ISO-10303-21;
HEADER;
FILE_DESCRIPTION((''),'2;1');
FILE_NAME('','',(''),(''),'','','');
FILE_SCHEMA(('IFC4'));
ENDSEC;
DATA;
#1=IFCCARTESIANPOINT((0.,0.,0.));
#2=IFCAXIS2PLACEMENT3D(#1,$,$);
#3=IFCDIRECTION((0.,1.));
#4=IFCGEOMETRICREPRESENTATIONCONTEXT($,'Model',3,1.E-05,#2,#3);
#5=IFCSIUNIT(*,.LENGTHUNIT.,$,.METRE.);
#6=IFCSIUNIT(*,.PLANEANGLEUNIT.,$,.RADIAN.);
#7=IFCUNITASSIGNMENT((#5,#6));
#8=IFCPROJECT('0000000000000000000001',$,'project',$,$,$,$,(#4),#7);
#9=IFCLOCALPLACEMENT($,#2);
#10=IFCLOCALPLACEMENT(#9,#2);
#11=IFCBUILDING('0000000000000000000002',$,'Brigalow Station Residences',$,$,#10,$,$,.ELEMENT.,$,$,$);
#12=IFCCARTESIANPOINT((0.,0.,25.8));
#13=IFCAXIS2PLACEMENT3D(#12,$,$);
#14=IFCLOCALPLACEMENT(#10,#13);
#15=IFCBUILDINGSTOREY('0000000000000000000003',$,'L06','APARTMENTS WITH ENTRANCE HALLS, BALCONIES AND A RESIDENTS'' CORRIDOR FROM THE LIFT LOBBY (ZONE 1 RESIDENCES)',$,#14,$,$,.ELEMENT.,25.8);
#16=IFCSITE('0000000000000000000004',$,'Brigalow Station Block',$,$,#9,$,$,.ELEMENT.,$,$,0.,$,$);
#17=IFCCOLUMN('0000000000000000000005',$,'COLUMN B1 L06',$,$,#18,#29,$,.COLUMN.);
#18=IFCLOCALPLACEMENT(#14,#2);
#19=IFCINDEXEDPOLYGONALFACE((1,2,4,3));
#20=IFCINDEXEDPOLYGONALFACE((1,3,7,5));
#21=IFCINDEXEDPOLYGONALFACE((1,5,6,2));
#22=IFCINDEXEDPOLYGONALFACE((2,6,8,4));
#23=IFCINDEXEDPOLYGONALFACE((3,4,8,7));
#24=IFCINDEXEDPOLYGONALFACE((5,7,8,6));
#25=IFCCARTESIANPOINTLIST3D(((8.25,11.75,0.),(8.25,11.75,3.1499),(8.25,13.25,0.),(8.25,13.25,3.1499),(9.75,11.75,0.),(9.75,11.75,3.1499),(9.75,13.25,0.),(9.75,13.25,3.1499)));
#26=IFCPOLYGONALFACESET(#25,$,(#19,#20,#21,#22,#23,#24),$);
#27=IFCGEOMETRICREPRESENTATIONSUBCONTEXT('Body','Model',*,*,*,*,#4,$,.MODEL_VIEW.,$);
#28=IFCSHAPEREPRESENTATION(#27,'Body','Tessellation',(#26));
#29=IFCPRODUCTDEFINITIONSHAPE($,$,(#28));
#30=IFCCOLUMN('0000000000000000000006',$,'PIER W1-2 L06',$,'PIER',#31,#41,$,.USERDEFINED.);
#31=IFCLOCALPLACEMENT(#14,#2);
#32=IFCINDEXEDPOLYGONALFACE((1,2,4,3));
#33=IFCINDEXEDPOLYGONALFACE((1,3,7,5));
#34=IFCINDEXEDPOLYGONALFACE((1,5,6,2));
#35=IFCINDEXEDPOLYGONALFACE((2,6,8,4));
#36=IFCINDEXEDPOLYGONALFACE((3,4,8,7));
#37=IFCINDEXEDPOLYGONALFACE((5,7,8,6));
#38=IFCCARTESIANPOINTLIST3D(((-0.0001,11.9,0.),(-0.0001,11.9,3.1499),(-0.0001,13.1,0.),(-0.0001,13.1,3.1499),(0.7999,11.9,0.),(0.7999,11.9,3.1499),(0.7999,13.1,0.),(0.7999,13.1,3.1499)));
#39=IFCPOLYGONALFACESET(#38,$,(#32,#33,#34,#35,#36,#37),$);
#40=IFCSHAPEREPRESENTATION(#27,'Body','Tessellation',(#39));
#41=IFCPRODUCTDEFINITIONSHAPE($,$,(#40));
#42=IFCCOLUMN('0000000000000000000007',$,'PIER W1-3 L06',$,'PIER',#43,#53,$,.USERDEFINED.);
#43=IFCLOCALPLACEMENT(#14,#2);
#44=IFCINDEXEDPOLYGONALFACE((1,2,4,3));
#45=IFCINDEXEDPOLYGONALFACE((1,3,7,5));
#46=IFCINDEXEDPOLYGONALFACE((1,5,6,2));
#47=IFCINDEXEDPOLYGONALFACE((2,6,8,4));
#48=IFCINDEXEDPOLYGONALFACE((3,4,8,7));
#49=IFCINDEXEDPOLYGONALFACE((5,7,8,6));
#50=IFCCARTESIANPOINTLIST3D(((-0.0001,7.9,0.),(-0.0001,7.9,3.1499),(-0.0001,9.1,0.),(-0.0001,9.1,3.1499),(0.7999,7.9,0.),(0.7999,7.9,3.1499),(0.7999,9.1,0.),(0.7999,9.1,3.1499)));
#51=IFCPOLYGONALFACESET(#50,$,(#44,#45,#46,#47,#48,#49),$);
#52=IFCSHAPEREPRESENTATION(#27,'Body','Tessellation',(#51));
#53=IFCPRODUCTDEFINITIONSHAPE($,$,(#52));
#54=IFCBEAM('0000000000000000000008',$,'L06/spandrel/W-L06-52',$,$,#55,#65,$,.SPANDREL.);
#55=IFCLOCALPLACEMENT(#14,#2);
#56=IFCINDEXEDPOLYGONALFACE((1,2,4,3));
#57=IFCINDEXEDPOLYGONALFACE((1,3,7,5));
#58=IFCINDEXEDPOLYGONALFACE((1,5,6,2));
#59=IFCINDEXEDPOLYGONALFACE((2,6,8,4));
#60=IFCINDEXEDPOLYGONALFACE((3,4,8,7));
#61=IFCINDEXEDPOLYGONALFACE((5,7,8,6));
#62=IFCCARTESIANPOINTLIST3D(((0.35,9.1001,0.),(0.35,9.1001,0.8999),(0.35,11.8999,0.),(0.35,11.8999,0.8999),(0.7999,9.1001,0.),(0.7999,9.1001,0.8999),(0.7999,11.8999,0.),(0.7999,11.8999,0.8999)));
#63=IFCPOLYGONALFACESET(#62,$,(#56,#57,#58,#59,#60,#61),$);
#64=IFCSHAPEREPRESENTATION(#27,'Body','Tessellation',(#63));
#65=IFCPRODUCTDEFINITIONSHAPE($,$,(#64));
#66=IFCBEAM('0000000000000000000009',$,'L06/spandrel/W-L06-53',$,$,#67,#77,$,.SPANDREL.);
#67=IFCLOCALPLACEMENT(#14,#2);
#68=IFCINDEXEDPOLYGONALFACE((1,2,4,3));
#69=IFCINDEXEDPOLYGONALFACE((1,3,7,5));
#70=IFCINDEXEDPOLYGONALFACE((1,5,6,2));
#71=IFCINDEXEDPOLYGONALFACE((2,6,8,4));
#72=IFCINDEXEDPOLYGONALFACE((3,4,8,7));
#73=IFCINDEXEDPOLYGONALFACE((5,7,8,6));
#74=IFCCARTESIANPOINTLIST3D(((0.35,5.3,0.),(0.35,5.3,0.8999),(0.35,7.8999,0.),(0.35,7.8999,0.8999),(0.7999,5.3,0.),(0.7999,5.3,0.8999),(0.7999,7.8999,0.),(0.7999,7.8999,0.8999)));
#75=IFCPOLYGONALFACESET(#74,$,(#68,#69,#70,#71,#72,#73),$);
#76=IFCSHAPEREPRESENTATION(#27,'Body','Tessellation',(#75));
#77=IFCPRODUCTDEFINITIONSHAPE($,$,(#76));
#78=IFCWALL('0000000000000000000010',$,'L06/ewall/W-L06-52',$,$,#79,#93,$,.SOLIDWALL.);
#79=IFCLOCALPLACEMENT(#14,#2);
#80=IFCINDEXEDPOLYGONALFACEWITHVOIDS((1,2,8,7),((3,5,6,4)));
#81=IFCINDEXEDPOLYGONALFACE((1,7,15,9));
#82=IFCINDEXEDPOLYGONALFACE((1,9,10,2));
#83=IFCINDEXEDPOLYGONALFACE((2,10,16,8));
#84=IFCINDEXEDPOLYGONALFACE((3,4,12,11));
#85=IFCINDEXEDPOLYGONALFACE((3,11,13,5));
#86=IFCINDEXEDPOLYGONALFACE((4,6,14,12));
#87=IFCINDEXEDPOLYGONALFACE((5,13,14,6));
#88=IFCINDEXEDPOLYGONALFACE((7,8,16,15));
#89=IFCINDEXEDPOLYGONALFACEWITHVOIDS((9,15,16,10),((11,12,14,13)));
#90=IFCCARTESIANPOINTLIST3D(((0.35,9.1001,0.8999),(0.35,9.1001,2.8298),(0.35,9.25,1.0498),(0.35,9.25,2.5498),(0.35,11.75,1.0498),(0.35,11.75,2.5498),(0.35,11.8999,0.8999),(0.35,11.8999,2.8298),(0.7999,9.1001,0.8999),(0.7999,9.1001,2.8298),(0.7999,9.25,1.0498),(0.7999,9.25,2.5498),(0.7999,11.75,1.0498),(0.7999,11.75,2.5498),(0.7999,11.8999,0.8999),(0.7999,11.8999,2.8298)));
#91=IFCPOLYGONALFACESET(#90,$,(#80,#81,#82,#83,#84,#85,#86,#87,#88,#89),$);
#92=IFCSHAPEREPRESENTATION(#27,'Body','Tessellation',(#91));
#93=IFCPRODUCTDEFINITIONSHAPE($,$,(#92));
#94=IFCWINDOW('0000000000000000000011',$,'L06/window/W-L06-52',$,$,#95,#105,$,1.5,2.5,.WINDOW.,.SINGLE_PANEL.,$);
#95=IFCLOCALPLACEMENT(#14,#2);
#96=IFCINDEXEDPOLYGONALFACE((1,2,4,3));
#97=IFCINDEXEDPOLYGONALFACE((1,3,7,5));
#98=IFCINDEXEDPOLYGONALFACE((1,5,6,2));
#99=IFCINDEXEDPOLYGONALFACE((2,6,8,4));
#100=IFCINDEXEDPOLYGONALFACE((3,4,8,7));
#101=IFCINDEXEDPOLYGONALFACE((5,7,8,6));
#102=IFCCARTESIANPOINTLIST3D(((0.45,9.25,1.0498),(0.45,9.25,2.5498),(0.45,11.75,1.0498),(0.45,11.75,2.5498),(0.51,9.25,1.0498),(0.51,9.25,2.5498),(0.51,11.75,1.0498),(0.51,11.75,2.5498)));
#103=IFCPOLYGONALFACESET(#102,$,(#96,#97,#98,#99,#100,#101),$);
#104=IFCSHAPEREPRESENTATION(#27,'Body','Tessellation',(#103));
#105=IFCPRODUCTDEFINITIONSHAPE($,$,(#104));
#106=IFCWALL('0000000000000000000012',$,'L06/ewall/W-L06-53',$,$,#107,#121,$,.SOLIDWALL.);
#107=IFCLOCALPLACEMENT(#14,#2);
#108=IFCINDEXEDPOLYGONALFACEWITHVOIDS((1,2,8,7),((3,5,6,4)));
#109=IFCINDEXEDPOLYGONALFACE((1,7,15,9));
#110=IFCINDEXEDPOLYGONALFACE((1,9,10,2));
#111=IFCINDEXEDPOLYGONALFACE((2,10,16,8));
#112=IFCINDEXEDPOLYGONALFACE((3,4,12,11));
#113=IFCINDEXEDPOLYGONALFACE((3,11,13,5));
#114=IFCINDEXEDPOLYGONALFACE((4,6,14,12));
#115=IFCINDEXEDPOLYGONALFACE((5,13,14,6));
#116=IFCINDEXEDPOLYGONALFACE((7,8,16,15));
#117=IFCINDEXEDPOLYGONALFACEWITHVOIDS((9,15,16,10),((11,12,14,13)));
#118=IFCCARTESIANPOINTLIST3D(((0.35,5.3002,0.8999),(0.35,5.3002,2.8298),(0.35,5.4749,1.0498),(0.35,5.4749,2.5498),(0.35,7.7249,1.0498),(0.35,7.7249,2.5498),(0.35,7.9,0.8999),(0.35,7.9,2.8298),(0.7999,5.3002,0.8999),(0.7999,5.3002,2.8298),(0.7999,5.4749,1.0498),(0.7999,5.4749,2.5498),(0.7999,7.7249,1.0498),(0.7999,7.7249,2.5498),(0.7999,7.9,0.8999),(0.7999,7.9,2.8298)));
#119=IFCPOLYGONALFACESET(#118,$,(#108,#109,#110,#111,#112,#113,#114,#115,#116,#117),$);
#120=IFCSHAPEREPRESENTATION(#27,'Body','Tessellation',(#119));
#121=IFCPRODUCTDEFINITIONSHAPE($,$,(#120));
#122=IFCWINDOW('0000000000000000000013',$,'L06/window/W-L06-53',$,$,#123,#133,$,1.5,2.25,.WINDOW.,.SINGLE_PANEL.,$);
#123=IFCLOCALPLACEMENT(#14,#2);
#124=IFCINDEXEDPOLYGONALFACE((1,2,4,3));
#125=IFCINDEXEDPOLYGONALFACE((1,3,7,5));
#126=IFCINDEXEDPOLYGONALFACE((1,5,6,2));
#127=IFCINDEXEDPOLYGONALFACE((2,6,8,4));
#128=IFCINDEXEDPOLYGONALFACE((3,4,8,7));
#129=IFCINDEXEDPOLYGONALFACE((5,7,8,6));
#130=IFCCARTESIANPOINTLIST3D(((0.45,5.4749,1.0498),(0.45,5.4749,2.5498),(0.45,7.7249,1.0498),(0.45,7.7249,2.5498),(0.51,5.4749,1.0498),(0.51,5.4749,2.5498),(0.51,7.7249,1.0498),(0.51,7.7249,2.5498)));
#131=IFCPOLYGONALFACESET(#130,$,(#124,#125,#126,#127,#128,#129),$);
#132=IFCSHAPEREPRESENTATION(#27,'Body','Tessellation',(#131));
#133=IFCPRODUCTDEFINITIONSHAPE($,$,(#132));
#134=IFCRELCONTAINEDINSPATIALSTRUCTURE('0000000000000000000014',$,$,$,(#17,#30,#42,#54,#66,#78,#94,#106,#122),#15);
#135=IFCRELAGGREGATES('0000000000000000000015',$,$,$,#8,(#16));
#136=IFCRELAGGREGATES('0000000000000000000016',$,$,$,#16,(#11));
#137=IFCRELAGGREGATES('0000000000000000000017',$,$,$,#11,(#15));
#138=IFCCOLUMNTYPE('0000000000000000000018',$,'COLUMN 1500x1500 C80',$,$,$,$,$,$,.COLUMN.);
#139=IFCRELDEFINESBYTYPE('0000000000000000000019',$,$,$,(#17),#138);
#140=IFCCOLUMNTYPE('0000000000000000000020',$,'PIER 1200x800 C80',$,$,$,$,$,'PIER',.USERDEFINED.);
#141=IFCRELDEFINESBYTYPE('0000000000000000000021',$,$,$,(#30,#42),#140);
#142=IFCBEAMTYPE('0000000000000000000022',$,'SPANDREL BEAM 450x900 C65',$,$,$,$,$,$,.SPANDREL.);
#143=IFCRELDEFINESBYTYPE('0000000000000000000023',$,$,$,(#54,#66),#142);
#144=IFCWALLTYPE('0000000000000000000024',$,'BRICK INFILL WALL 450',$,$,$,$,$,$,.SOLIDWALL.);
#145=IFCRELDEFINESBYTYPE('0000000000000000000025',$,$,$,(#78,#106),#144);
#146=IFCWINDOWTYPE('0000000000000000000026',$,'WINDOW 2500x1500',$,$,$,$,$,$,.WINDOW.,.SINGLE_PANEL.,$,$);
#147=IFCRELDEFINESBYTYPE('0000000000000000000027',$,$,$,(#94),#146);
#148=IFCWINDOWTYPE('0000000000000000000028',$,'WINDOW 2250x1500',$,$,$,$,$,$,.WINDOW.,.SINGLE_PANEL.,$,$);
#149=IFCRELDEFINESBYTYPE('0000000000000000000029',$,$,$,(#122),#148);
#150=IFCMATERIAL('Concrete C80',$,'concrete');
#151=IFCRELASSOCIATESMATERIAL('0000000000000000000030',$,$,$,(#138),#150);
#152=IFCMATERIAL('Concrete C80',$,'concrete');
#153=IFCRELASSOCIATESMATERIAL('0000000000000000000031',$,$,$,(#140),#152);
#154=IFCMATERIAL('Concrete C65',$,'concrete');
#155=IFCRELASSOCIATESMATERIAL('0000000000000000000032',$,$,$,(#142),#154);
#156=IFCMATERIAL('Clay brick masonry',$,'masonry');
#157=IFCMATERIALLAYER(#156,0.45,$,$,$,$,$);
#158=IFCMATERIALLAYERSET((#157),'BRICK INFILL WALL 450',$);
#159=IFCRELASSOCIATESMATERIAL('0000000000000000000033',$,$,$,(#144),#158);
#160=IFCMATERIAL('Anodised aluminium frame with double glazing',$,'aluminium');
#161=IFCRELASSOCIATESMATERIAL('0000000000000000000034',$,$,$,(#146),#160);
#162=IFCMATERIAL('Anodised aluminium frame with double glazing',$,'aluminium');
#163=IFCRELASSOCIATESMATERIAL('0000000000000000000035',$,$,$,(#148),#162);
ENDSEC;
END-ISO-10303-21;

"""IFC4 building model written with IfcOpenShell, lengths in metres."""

from ifc_helpers import new_model, si_unit, direction, frame, frame_2d, origin, origin_2d, place, context, subcontext, project, spatial, rectangle, extrude, material, layer, layer_set, material_profile, profile_set, type_object, element, fill, save


model = new_model("IFC4")

# Units and contexts
model_context = context("Model", 3, precision=1e-05, world=origin(), true_north=direction((0.0, 1.0)))
body_context = subcontext(model_context, "Body", "Model", "MODEL_VIEW")
ifc_project = project(units=[si_unit("LENGTHUNIT", "METRE"), si_unit("PLANEANGLEUNIT", "RADIAN")], contexts=[model_context])

# Site, building, storey
site_placement = place(None, origin())
site = spatial("IfcSite", under=ifc_project, at=site_placement, Name="Brigalow Station Block", CompositionType="ELEMENT", RefElevation=0.0)
building_placement = place(site_placement, origin())
building = spatial("IfcBuilding", under=site, at=building_placement, Name="Brigalow Station Residences", CompositionType="ELEMENT")
storey_placement = place(building_placement, frame((0.0, 0.0, 25.8)))
storey = spatial("IfcBuildingStorey", under=building, at=storey_placement, Name="L06", Description="APARTMENTS WITH ENTRANCE HALLS, BALCONIES AND A RESIDENTS' CORRIDOR FROM THE LIFT LOBBY (ZONE 1 RESIDENCES)", CompositionType="ELEMENT", Elevation=25.8)

# Columns
ifc_material_1 = material(Name="Concrete C80", Category="concrete")
ifc_material_profile_1 = material_profile(ifc_material_1, rectangle(XDim=1.5, YDim=1.5, at=origin_2d()), Name="RC1500x1500")
ifc_profile_set_1 = profile_set([ifc_material_profile_1], Name="Concrete C80")
column_type_1 = type_object("IfcColumnType", Name="COLUMN 1500x1500 C80", PredefinedType="COLUMN", material=ifc_profile_set_1)
column_placement = place(storey_placement, frame((9.0, 12.5, 0.0), z_axis=(0.0, 0.0, 1.0), x_axis=(1.0, 0.0, 0.0)))
element("IfcColumn", 1, at=column_placement, inside=storey, type_object=column_type_1, Name="COLUMN B1 L06", PredefinedType="COLUMN", context=body_context, shape_type="SweptSolid", body=[
    extrude(rectangle(XDim=1.5, YDim=1.5, at=origin_2d()), origin(), (0.0, 0.0, 1.0), 3.1499),
])
ifc_material_2 = material(Name="Concrete C80", Category="concrete")
ifc_material_profile_2 = material_profile(ifc_material_2, rectangle(XDim=1.2, YDim=0.8, at=origin_2d()), Name="RC1200x800")
ifc_profile_set_2 = profile_set([ifc_material_profile_2], Name="Concrete C80")
column_type_2 = type_object("IfcColumnType", Name="PIER 1200x800 C80", ElementType="PIER", PredefinedType="USERDEFINED", material=ifc_profile_set_2)
for number, where, z_axis, x_axis, name in (
    (2, (0.3999, 12.5, 0.0), (0.0, 0.0, 1.0), (0.0, -1.0, 0.0), "PIER W1-2 L06"),
    (3, (0.3999, 8.5, 0.0), (0.0, 0.0, 1.0), (0.0, -1.0, 0.0), "PIER W1-3 L06"),
):
    element("IfcColumn", number, at=place(storey_placement, frame(where, z_axis=z_axis, x_axis=x_axis)), inside=storey, type_object=column_type_2, Name=name, ObjectType="PIER", PredefinedType="USERDEFINED", context=body_context, shape_type="SweptSolid", body=[
        extrude(rectangle(XDim=1.2, YDim=0.8, at=origin_2d()), origin(), (0.0, 0.0, 1.0), 3.1499),
    ])

# Beams
ifc_material_3 = material(Name="Concrete C65", Category="concrete")
ifc_material_profile_3 = material_profile(ifc_material_3, rectangle(XDim=0.45, YDim=0.8999, at=origin_2d()), Name="RC450x900")
ifc_profile_set_3 = profile_set([ifc_material_profile_3], Name="Concrete C65")
beam_type = type_object("IfcBeamType", Name="SPANDREL BEAM 450x900 C65", PredefinedType="SPANDREL", material=ifc_profile_set_3)
beam_1_placement = place(storey_placement, frame((0.575, 11.8999, 0.45), z_axis=(0.0, -1.0, 0.0), x_axis=(1.0, 0.0, 0.0)))
element("IfcBeam", 4, at=beam_1_placement, inside=storey, type_object=beam_type, Name="L06/spandrel/W-L06-52", PredefinedType="SPANDREL", context=body_context, shape_type="SweptSolid", body=[
    extrude(rectangle(XDim=0.45, YDim=0.8999, at=origin_2d()), origin(), (0.0, 0.0, 1.0), 2.7998),
])
beam_2_placement = place(storey_placement, frame((0.575, 7.8999, 0.45), z_axis=(0.0, -1.0, 0.0), x_axis=(1.0, 0.0, 0.0)))
element("IfcBeam", 5, at=beam_2_placement, inside=storey, type_object=beam_type, Name="L06/spandrel/W-L06-53", PredefinedType="SPANDREL", context=body_context, shape_type="SweptSolid", body=[
    extrude(rectangle(XDim=0.45, YDim=0.8999, at=origin_2d()), origin(), (0.0, 0.0, 1.0), 2.5999),
])

# Walls, openings, windows
ifc_material_4 = material(Name="Clay brick masonry", Category="masonry")
ifc_layer_1 = layer(ifc_material_4, 0.45)
ifc_layer_set_1 = layer_set([ifc_layer_1], Name="BRICK INFILL WALL 450")
wall_type_1 = type_object("IfcWallType", Name="BRICK INFILL WALL 450", PredefinedType="SOLIDWALL", material=ifc_layer_set_1)
wall_1_placement = place(storey_placement, frame((0.575, 11.8999, 0.8999), z_axis=(0.0, 0.0, 1.0), x_axis=(0.0, -1.0, 0.0)))
wall_1 = element("IfcWall", 6, at=wall_1_placement, inside=storey, type_object=wall_type_1, Name="L06/ewall/W-L06-52", PredefinedType="SOLIDWALL", context=body_context, shape_type="SweptSolid", body=[
    extrude(rectangle(XDim=2.7998, YDim=0.45, at=frame_2d((1.3999, 0.0))), origin(), (0.0, 0.0, 1.0), 1.9299),
])
opening_1_placement = place(wall_1_placement, frame((0.1499, 0.0, 0.1499)))
opening_1 = element("IfcOpeningElement", 7, at=opening_1_placement, cuts=wall_1, PredefinedType="OPENING", context=body_context, shape_type="SweptSolid", body=[
    extrude(rectangle(XDim=2.5, YDim=1.5, at=frame_2d((1.25, 0.75))), frame((0.0, 0.2349, 0.0), z_axis=(0.0, -1.0, 0.0), x_axis=(1.0, 0.0, 0.0)), (0.0, 0.0, 1.0), 0.47),
])
ifc_material_5 = material(Name="Anodised aluminium frame with double glazing", Category="aluminium")
window_type_1 = type_object("IfcWindowType", Name="WINDOW 2500x1500", PartitioningType="SINGLE_PANEL", PredefinedType="WINDOW", material=ifc_material_5)
window_1_placement = place(opening_1_placement, origin())
window_1 = element("IfcWindow", 8, at=window_1_placement, inside=storey, type_object=window_type_1, Name="L06/window/W-L06-52", OverallHeight=1.5, OverallWidth=2.5, PartitioningType="SINGLE_PANEL", PredefinedType="WINDOW", context=body_context, shape_type="SweptSolid", body=[
    extrude(rectangle(XDim=2.5, YDim=1.5, at=frame_2d((1.25, 0.75))), frame((0.0, -0.0649, 0.0), z_axis=(0.0, -1.0, 0.0), x_axis=(1.0, 0.0, 0.0)), (0.0, 0.0, 1.0), 0.0601),
])
fill(opening_1, window_1)
wall_2_placement = place(storey_placement, frame((0.575, 7.8999, 0.8999), z_axis=(0.0, 0.0, 1.0), x_axis=(0.0, -1.0, 0.0)))
wall_2 = element("IfcWall", 9, at=wall_2_placement, inside=storey, type_object=wall_type_1, Name="L06/ewall/W-L06-53", PredefinedType="SOLIDWALL", context=body_context, shape_type="SweptSolid", body=[
    extrude(rectangle(XDim=2.5999, YDim=0.45, at=frame_2d((1.2998, 0.0))), origin(), (0.0, 0.0, 1.0), 1.9299),
])
opening_2_placement = place(wall_2_placement, frame((0.175, 0.0, 0.1499)))
opening_2 = element("IfcOpeningElement", 10, at=opening_2_placement, cuts=wall_2, PredefinedType="OPENING", context=body_context, shape_type="SweptSolid", body=[
    extrude(rectangle(XDim=2.25, YDim=1.5, at=frame_2d((1.125, 0.75))), frame((0.0, 0.2349, 0.0), z_axis=(0.0, -1.0, 0.0), x_axis=(1.0, 0.0, 0.0)), (0.0, 0.0, 1.0), 0.47),
])
ifc_material_6 = material(Name="Anodised aluminium frame with double glazing", Category="aluminium")
window_type_2 = type_object("IfcWindowType", Name="WINDOW 2250x1500", PartitioningType="SINGLE_PANEL", PredefinedType="WINDOW", material=ifc_material_6)
window_2_placement = place(opening_2_placement, origin())
window_2 = element("IfcWindow", 11, at=window_2_placement, inside=storey, type_object=window_type_2, Name="L06/window/W-L06-53", OverallHeight=1.5, OverallWidth=2.25, PartitioningType="SINGLE_PANEL", PredefinedType="WINDOW", context=body_context, shape_type="SweptSolid", body=[
    extrude(rectangle(XDim=2.25, YDim=1.5, at=frame_2d((1.125, 0.75))), frame((0.0, -0.0649, 0.0), z_axis=(0.0, -1.0, 0.0), x_axis=(1.0, 0.0, 0.0)), (0.0, 0.0, 1.0), 0.0601),
])
fill(opening_2, window_2)

save(model, "model.ifc")
